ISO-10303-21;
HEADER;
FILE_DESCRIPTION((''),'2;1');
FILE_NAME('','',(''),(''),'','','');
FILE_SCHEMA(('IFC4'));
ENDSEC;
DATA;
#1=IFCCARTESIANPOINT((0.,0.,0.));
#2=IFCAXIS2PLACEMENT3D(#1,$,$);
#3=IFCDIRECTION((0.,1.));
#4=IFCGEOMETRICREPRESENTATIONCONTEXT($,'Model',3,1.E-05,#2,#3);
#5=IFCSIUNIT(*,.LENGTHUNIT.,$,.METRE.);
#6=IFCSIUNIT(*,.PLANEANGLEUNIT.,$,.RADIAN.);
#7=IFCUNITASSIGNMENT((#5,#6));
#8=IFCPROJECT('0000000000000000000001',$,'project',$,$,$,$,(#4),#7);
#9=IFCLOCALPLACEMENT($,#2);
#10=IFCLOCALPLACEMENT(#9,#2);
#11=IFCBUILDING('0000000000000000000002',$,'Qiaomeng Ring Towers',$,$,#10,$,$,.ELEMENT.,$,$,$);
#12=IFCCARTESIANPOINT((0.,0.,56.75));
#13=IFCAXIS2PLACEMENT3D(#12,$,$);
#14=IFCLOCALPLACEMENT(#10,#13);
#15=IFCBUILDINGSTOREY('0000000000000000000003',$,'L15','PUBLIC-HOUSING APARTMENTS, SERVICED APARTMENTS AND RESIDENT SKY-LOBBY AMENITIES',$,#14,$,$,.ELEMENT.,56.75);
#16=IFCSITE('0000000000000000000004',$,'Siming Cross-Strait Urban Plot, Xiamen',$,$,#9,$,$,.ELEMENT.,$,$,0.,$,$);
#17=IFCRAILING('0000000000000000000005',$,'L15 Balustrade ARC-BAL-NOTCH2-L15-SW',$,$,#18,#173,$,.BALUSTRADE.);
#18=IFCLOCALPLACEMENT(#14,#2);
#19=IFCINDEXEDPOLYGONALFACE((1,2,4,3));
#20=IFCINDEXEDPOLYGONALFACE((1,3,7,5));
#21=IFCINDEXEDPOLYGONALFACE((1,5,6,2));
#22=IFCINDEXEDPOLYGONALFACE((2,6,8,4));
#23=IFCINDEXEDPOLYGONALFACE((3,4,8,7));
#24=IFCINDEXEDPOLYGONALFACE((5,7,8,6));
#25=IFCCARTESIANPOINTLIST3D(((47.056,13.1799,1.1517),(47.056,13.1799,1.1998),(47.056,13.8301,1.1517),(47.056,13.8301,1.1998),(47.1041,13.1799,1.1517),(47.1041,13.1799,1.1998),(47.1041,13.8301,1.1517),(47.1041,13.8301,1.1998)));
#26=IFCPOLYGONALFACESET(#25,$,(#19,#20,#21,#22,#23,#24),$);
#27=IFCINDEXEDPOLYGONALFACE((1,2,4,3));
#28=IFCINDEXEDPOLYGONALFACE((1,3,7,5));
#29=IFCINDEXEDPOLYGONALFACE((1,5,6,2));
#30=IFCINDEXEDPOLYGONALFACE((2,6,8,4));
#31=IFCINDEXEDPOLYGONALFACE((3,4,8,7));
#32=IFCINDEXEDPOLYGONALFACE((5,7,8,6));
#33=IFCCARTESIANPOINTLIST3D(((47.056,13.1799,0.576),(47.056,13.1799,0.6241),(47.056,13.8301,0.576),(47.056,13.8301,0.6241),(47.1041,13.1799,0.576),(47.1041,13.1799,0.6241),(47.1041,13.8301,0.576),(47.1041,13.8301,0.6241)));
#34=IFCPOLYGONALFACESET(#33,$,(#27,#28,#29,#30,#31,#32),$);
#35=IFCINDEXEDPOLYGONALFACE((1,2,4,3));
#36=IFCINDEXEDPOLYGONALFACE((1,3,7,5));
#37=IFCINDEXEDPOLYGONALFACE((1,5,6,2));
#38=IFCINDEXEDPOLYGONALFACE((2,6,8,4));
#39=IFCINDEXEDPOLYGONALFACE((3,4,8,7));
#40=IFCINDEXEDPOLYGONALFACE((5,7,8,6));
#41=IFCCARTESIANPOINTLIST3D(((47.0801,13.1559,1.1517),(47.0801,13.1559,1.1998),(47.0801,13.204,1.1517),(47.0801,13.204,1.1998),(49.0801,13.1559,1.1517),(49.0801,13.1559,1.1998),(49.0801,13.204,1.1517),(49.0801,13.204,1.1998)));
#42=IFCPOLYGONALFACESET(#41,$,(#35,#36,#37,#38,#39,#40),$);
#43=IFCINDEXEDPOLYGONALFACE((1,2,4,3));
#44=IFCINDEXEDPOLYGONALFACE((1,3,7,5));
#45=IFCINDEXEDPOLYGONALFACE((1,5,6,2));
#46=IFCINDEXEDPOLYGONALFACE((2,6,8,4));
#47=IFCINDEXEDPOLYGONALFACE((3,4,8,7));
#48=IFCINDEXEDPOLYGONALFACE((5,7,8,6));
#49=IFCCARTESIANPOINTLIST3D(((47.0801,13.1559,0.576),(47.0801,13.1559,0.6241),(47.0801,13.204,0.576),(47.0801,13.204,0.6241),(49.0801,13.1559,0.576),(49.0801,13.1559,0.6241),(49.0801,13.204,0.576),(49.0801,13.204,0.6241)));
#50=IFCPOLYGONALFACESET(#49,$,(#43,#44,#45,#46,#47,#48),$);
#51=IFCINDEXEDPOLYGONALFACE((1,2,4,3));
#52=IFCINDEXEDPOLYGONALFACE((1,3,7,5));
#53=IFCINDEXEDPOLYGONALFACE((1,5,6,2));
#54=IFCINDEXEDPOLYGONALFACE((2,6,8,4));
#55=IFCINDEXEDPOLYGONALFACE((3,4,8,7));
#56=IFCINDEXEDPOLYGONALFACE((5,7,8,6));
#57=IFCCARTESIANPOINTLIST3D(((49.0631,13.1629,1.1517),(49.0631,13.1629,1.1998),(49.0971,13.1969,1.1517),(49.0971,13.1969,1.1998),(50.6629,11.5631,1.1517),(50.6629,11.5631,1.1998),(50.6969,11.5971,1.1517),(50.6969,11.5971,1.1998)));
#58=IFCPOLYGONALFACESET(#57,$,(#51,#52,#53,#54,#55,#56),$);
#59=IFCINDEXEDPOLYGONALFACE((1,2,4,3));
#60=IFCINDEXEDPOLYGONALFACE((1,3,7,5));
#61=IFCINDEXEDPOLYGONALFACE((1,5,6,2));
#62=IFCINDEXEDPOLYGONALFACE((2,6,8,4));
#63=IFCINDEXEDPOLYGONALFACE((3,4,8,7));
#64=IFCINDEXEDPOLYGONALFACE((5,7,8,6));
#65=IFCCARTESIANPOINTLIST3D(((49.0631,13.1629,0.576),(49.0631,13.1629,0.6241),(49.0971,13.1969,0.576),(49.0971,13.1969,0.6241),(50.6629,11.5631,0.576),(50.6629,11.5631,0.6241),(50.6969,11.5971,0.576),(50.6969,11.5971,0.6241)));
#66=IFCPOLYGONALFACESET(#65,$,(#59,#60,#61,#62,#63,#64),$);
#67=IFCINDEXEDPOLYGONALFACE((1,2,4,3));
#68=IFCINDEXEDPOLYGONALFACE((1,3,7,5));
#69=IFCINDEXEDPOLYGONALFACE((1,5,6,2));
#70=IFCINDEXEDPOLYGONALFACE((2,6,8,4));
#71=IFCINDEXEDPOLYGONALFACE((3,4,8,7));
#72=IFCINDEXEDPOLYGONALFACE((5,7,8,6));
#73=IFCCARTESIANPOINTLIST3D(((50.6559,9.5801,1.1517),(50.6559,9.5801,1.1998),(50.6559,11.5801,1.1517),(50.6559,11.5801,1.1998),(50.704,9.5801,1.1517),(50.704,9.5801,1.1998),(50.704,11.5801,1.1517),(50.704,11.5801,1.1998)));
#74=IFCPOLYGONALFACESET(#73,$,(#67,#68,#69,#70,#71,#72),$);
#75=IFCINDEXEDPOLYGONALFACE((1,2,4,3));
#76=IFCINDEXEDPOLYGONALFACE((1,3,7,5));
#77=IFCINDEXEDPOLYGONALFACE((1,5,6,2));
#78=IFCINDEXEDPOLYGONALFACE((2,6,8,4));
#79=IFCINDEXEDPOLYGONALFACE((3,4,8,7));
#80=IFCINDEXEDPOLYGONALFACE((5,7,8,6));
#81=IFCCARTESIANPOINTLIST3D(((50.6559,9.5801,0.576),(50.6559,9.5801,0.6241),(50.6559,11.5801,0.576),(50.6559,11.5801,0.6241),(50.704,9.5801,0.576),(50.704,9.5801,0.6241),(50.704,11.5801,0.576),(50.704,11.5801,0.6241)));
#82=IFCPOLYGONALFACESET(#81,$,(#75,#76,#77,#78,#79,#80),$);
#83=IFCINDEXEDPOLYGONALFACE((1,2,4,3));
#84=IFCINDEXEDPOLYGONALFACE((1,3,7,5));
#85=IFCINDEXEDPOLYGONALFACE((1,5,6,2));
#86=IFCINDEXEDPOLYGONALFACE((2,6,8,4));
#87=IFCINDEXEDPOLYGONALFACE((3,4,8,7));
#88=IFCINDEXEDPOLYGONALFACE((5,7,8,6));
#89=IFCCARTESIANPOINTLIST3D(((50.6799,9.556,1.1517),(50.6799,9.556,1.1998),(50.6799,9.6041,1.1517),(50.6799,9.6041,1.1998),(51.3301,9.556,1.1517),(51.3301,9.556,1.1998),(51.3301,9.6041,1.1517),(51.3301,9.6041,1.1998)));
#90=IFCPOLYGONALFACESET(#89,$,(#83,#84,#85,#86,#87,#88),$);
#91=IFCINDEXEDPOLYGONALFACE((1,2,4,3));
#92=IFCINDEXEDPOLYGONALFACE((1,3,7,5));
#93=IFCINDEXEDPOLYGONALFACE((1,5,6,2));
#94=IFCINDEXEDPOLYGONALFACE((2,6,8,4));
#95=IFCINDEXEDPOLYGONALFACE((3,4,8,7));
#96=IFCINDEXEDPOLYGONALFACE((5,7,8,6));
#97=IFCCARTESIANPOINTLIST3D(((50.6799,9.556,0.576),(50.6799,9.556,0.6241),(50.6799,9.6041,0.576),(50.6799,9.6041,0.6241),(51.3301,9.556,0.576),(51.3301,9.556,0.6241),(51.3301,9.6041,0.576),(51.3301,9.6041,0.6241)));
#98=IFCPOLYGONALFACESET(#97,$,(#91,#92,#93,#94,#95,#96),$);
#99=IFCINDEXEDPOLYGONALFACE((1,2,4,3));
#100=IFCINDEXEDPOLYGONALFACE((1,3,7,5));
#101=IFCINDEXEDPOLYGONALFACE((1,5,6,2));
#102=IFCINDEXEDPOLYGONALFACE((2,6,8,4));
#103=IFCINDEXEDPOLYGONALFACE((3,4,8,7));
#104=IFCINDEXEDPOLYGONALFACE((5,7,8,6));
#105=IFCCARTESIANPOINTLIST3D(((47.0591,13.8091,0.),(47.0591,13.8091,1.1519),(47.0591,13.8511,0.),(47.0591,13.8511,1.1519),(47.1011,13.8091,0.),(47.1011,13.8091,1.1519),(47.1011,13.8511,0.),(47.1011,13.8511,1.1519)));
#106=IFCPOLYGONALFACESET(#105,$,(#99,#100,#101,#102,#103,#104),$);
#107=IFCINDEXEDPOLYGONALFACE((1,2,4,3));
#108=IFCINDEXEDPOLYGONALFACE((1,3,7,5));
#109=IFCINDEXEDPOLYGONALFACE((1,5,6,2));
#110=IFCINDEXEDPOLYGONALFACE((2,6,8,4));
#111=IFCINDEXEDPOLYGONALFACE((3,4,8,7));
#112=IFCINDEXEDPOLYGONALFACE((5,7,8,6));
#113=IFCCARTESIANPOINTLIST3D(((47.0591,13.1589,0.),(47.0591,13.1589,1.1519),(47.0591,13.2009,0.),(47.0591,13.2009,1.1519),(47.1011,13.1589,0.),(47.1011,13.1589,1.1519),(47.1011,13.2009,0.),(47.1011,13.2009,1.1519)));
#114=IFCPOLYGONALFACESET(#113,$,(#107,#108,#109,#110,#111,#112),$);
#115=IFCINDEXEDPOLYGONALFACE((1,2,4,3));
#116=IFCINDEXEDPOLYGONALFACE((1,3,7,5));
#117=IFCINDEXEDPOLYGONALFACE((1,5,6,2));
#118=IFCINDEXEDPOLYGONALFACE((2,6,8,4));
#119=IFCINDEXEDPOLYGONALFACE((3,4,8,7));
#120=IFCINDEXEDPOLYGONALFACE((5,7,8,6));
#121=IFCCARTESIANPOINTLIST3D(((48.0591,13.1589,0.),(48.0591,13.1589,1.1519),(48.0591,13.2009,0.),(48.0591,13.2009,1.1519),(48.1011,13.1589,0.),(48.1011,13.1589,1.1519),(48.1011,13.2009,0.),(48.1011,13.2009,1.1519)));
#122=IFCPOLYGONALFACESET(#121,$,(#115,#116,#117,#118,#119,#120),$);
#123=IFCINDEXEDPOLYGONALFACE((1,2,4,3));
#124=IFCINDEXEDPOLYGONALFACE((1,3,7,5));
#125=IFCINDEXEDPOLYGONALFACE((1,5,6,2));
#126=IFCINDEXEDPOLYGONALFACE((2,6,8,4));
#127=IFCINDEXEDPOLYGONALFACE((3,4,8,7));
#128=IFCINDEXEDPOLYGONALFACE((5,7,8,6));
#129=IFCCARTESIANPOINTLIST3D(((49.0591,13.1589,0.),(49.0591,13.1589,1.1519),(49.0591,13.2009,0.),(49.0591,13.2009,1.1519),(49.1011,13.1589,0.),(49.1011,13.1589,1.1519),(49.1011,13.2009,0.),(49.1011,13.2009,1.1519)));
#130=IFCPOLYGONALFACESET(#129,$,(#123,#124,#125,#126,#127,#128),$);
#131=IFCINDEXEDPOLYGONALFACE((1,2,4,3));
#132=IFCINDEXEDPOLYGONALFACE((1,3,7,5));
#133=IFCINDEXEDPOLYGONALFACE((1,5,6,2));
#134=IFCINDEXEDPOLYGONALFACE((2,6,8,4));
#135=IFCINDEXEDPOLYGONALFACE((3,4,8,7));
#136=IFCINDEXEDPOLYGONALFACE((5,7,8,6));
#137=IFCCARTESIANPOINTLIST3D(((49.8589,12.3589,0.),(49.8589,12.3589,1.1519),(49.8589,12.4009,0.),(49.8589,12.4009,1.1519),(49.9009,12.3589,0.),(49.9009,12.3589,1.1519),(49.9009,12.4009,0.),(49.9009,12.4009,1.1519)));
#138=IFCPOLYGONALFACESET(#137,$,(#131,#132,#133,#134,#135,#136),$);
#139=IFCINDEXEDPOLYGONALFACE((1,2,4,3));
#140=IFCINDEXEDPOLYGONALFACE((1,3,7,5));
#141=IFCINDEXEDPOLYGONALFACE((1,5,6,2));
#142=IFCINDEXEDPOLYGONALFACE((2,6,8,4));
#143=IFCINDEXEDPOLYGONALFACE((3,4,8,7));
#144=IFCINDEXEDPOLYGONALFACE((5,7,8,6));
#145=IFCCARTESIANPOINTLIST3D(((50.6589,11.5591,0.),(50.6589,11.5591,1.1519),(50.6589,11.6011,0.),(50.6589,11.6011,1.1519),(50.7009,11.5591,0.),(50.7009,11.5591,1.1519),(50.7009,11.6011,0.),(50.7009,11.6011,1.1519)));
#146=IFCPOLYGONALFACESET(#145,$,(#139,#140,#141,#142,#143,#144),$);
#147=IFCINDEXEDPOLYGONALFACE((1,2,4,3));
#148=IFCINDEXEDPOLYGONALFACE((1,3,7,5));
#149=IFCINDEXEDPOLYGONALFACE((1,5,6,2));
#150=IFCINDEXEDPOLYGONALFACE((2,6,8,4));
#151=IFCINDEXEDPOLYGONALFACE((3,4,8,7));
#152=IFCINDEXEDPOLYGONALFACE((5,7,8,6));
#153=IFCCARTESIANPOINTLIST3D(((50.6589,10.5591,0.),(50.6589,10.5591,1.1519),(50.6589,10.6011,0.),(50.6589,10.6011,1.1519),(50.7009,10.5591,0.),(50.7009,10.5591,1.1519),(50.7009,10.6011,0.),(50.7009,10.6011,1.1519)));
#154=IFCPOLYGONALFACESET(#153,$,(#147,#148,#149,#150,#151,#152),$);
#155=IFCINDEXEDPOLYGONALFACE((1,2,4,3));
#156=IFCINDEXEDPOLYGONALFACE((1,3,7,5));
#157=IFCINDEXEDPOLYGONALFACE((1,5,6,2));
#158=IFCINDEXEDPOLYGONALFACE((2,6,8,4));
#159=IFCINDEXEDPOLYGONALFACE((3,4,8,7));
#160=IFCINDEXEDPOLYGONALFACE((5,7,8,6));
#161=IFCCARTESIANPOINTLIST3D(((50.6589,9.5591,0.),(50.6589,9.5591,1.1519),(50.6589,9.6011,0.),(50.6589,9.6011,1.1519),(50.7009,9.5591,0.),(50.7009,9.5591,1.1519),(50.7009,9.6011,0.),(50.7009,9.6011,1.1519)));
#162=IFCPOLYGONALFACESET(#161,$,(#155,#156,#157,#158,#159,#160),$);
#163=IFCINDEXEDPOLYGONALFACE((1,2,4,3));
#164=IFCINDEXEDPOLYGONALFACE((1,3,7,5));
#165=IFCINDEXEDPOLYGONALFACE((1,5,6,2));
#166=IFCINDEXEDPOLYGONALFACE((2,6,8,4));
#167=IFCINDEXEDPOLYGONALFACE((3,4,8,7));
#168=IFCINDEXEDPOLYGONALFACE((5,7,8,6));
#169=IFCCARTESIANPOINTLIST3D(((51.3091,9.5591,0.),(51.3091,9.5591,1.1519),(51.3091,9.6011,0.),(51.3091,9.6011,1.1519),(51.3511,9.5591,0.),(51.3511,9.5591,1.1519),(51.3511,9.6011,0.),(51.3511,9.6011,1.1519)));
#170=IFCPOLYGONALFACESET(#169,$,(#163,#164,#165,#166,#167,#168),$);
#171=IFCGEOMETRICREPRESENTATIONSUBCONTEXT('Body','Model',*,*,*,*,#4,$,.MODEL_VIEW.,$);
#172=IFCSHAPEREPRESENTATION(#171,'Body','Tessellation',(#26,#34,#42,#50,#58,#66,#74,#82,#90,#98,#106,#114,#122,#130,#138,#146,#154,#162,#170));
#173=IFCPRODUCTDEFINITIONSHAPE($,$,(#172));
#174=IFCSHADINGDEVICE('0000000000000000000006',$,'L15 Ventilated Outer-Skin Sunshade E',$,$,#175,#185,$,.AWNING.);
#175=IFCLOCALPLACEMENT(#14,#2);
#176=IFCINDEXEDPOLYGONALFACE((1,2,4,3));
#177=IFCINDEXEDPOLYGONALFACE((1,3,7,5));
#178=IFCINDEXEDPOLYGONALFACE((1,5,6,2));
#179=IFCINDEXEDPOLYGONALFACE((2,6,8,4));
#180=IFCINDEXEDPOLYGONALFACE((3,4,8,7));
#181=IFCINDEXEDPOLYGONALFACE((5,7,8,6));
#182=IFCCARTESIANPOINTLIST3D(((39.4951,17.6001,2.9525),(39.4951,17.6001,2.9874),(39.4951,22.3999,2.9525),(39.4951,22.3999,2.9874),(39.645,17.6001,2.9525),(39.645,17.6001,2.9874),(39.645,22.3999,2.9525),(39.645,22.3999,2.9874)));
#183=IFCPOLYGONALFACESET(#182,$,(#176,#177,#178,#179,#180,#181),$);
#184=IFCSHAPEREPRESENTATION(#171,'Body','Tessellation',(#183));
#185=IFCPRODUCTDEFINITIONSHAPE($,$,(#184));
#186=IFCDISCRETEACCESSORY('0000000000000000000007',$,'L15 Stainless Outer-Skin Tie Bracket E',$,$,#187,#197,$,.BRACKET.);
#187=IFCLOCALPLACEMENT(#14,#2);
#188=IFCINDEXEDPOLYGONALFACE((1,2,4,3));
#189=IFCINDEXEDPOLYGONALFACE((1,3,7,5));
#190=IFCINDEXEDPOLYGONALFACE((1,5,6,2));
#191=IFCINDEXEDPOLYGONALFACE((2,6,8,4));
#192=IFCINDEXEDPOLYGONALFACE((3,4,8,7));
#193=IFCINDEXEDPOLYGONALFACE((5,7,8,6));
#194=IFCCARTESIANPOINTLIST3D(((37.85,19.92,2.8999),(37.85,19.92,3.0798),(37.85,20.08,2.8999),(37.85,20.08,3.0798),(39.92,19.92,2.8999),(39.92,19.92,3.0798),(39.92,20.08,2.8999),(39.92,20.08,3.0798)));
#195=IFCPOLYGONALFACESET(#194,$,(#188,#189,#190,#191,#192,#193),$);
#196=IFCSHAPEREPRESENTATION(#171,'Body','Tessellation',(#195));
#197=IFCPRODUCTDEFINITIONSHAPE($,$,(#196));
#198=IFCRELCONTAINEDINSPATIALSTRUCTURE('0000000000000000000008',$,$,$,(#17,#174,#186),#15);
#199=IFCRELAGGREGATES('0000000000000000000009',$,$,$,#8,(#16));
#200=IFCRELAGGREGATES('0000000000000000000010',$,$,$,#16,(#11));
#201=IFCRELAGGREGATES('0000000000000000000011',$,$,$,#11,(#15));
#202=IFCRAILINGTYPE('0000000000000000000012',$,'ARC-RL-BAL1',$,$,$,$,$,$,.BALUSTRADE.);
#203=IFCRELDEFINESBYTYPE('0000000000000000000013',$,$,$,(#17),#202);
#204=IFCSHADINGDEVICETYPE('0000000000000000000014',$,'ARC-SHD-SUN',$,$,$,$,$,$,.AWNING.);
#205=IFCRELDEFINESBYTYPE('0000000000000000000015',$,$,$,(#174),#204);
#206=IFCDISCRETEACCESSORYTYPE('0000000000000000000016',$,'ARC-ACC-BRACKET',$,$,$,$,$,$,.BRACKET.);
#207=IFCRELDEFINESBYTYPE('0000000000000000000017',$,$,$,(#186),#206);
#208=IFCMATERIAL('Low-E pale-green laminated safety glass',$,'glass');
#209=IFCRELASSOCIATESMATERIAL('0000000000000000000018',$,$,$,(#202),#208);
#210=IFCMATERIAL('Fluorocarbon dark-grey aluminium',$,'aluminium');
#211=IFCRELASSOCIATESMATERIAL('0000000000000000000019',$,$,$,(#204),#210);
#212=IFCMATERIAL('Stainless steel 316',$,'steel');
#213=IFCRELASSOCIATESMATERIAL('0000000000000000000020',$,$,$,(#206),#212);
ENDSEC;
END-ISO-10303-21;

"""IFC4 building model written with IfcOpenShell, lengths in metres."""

from ifc_helpers import new_model, si_unit, direction, frame, origin, origin_2d, place, context, subcontext, project, spatial, rectangle, extrude, source, transform, mapped, material, material_profile, profile_set, type_object, element, save


model = new_model("IFC4")

# Units and contexts
model_context = context("Model", 3, precision=1e-05, world=origin(), true_north=direction((0.0, 1.0)))
body_context = subcontext(model_context, "Body", "Model", "MODEL_VIEW")
ifc_project = project(units=[si_unit("LENGTHUNIT", "METRE"), si_unit("PLANEANGLEUNIT", "RADIAN")], contexts=[model_context])

# Site, building, storey
site_placement = place(None, origin())
site = spatial("IfcSite", under=ifc_project, at=site_placement, Name="Siming Cross-Strait Urban Plot, Xiamen", CompositionType="ELEMENT", RefElevation=0.0)
building_placement = place(site_placement, origin())
building = spatial("IfcBuilding", under=site, at=building_placement, Name="Qiaomeng Ring Towers", CompositionType="ELEMENT")
storey_placement = place(building_placement, frame((0.0, 0.0, 56.75)))
storey = spatial("IfcBuildingStorey", under=building, at=storey_placement, Name="L15", Description="PUBLIC-HOUSING APARTMENTS, SERVICED APARTMENTS AND RESIDENT SKY-LOBBY AMENITIES", CompositionType="ELEMENT", Elevation=56.75)

# Shared definitions
ifc_material_1 = material(Name="Stainless steel 316", Category="steel")

# Railing
ifc_material_2 = material(Name="Low-E pale-green laminated safety glass", Category="glass")
railing_type = type_object("IfcRailingType", Name="ARC-RL-BAL1", PredefinedType="BALUSTRADE", material=ifc_material_2)
railing_1_placement = place(storey_placement, frame((47.0801, 13.8301, 0.0)))
element("IfcRailing", 1, at=railing_1_placement, inside=storey, type_object=railing_type, Name="L15 Balustrade ARC-BAL-NOTCH2-L15-SW", PredefinedType="BALUSTRADE", context=body_context, shape_type="SweptSolid", body=[
    extrude(rectangle(XDim=0.0481, YDim=0.0481, at=origin_2d()), frame((0.0, 0.0, 1.1758), z_axis=(0.0, -1.0, 0.0), x_axis=(1.0, 0.0, 0.0)), (0.0, 0.0, 1.0), 0.6501),
    extrude(rectangle(XDim=0.0481, YDim=0.0481, at=origin_2d()), frame((0.0, 0.0, 0.6001), z_axis=(0.0, -1.0, 0.0), x_axis=(1.0, 0.0, 0.0)), (0.0, 0.0, 1.0), 0.6501),
    extrude(rectangle(XDim=0.0481, YDim=0.0481, at=origin_2d()), frame((0.0, -0.6501, 1.1758), z_axis=(1.0, 0.0, 0.0), x_axis=(0.0, 1.0, 0.0)), (0.0, 0.0, 1.0), 2.0),
    extrude(rectangle(XDim=0.0481, YDim=0.0481, at=origin_2d()), frame((0.0, -0.6501, 0.6001), z_axis=(1.0, 0.0, 0.0), x_axis=(0.0, 1.0, 0.0)), (0.0, 0.0, 1.0), 2.0),
    extrude(rectangle(XDim=0.0481, YDim=0.0481, at=origin_2d()), frame((2.0, -0.6501, 1.1758), z_axis=(0.707107, -0.707107, 0.0), x_axis=(0.707107, 0.707107, 0.0)), (0.0, 0.0, 1.0), 2.2625),
    extrude(rectangle(XDim=0.0481, YDim=0.0481, at=origin_2d()), frame((2.0, -0.6501, 0.6001), z_axis=(0.707107, -0.707107, 0.0), x_axis=(0.707107, 0.707107, 0.0)), (0.0, 0.0, 1.0), 2.2625),
    extrude(rectangle(XDim=0.0481, YDim=0.0481, at=origin_2d()), frame((3.5999, -2.25, 1.1758), z_axis=(0.0, -1.0, 0.0), x_axis=(1.0, 0.0, 0.0)), (0.0, 0.0, 1.0), 2.0),
    extrude(rectangle(XDim=0.0481, YDim=0.0481, at=origin_2d()), frame((3.5999, -2.25, 0.6001), z_axis=(0.0, -1.0, 0.0), x_axis=(1.0, 0.0, 0.0)), (0.0, 0.0, 1.0), 2.0),
    extrude(rectangle(XDim=0.0481, YDim=0.0481, at=origin_2d()), frame((3.5999, -4.25, 1.1758), z_axis=(1.0, 0.0, 0.0), x_axis=(0.0, 1.0, 0.0)), (0.0, 0.0, 1.0), 0.6501),
    extrude(rectangle(XDim=0.0481, YDim=0.0481, at=origin_2d()), frame((3.5999, -4.25, 0.6001), z_axis=(1.0, 0.0, 0.0), x_axis=(0.0, 1.0, 0.0)), (0.0, 0.0, 1.0), 0.6501),
    extrude(rectangle(XDim=0.042, YDim=0.042, at=origin_2d()), origin(), (0.0, 0.0, 1.0), 1.1519),
    extrude(rectangle(XDim=0.042, YDim=0.042, at=origin_2d()), frame((0.0, -0.6501, 0.0)), (0.0, 0.0, 1.0), 1.1519),
    extrude(rectangle(XDim=0.042, YDim=0.042, at=origin_2d()), frame((1.0, -0.6501, 0.0)), (0.0, 0.0, 1.0), 1.1519),
    extrude(rectangle(XDim=0.042, YDim=0.042, at=origin_2d()), frame((2.0, -0.6501, 0.0)), (0.0, 0.0, 1.0), 1.1519),
    extrude(rectangle(XDim=0.042, YDim=0.042, at=origin_2d()), frame((2.7998, -1.4502, 0.0)), (0.0, 0.0, 1.0), 1.1519),
    extrude(rectangle(XDim=0.042, YDim=0.042, at=origin_2d()), frame((3.5999, -2.25, 0.0)), (0.0, 0.0, 1.0), 1.1519),
    extrude(rectangle(XDim=0.042, YDim=0.042, at=origin_2d()), frame((3.5999, -3.25, 0.0)), (0.0, 0.0, 1.0), 1.1519),
    extrude(rectangle(XDim=0.042, YDim=0.042, at=origin_2d()), frame((3.5999, -4.25, 0.0)), (0.0, 0.0, 1.0), 1.1519),
    extrude(rectangle(XDim=0.042, YDim=0.042, at=origin_2d()), frame((4.25, -4.25, 0.0)), (0.0, 0.0, 1.0), 1.1519),
])

# Shading device
ifc_material_3 = material(Name="Fluorocarbon dark-grey aluminium", Category="aluminium")
ifc_material_profile_1 = material_profile(ifc_material_3, rectangle(XDim=0.1499, YDim=0.0349, at=origin_2d()), Name="LV BLADE 150x35")
ifc_profile_set_1 = profile_set([ifc_material_profile_1], Name="Fluorocarbon dark-grey aluminium")
shading_device_type = type_object("IfcShadingDeviceType", Name="ARC-SHD-SUN", PredefinedType="AWNING", material=ifc_profile_set_1)
shared_shape_1 = source(origin(), body_context, "Body", "SweptSolid", [
    extrude(rectangle(XDim=0.1499, YDim=0.0349, at=origin_2d()), origin(), (0.0, 0.0, 1.0), 4.7998),
])
shading_device_placement = place(storey_placement, frame((39.5701, 17.6001, 2.97), z_axis=(0.0, 1.0, 0.0), x_axis=(-1.0, 0.0, 0.0)))
element("IfcShadingDevice", 2, at=shading_device_placement, inside=storey, type_object=shading_device_type, Name="L15 Ventilated Outer-Skin Sunshade E", PredefinedType="AWNING", context=body_context, shape_type="MappedRepresentation", body=[
    mapped(shared_shape_1, transform((0.0, 0.0, 0.0), x_axis=(1.0, 0.0, 0.0), y_axis=(0.0, 1.0, 0.0), z_axis=(0.0, 0.0, 1.0), scale=1.0)),
])

# Discrete accessory
discrete_accessory_type = type_object("IfcDiscreteAccessoryType", Name="ARC-ACC-BRACKET", PredefinedType="BRACKET", material=ifc_material_1)
shared_shape_2 = source(origin(), body_context, "Body", "SweptSolid", [
    extrude(rectangle(XDim=2.0701, YDim=0.1599, at=origin_2d()), origin(), (0.0, 0.0, 1.0), 0.1799),
])
discrete_accessory_placement = place(storey_placement, frame((38.885, 20.0, 2.8999), z_axis=(0.0, 0.0, 1.0), x_axis=(1.0, 0.0, 0.0)))
element("IfcDiscreteAccessory", 3, at=discrete_accessory_placement, inside=storey, type_object=discrete_accessory_type, Name="L15 Stainless Outer-Skin Tie Bracket E", PredefinedType="BRACKET", context=body_context, shape_type="MappedRepresentation", body=[
    mapped(shared_shape_2, transform((0.0, 0.0, 0.0), x_axis=(1.0, 0.0, 0.0), y_axis=(0.0, 1.0, 0.0), z_axis=(0.0, 0.0, 1.0), scale=1.0)),
])

save(model, "model.ifc")
